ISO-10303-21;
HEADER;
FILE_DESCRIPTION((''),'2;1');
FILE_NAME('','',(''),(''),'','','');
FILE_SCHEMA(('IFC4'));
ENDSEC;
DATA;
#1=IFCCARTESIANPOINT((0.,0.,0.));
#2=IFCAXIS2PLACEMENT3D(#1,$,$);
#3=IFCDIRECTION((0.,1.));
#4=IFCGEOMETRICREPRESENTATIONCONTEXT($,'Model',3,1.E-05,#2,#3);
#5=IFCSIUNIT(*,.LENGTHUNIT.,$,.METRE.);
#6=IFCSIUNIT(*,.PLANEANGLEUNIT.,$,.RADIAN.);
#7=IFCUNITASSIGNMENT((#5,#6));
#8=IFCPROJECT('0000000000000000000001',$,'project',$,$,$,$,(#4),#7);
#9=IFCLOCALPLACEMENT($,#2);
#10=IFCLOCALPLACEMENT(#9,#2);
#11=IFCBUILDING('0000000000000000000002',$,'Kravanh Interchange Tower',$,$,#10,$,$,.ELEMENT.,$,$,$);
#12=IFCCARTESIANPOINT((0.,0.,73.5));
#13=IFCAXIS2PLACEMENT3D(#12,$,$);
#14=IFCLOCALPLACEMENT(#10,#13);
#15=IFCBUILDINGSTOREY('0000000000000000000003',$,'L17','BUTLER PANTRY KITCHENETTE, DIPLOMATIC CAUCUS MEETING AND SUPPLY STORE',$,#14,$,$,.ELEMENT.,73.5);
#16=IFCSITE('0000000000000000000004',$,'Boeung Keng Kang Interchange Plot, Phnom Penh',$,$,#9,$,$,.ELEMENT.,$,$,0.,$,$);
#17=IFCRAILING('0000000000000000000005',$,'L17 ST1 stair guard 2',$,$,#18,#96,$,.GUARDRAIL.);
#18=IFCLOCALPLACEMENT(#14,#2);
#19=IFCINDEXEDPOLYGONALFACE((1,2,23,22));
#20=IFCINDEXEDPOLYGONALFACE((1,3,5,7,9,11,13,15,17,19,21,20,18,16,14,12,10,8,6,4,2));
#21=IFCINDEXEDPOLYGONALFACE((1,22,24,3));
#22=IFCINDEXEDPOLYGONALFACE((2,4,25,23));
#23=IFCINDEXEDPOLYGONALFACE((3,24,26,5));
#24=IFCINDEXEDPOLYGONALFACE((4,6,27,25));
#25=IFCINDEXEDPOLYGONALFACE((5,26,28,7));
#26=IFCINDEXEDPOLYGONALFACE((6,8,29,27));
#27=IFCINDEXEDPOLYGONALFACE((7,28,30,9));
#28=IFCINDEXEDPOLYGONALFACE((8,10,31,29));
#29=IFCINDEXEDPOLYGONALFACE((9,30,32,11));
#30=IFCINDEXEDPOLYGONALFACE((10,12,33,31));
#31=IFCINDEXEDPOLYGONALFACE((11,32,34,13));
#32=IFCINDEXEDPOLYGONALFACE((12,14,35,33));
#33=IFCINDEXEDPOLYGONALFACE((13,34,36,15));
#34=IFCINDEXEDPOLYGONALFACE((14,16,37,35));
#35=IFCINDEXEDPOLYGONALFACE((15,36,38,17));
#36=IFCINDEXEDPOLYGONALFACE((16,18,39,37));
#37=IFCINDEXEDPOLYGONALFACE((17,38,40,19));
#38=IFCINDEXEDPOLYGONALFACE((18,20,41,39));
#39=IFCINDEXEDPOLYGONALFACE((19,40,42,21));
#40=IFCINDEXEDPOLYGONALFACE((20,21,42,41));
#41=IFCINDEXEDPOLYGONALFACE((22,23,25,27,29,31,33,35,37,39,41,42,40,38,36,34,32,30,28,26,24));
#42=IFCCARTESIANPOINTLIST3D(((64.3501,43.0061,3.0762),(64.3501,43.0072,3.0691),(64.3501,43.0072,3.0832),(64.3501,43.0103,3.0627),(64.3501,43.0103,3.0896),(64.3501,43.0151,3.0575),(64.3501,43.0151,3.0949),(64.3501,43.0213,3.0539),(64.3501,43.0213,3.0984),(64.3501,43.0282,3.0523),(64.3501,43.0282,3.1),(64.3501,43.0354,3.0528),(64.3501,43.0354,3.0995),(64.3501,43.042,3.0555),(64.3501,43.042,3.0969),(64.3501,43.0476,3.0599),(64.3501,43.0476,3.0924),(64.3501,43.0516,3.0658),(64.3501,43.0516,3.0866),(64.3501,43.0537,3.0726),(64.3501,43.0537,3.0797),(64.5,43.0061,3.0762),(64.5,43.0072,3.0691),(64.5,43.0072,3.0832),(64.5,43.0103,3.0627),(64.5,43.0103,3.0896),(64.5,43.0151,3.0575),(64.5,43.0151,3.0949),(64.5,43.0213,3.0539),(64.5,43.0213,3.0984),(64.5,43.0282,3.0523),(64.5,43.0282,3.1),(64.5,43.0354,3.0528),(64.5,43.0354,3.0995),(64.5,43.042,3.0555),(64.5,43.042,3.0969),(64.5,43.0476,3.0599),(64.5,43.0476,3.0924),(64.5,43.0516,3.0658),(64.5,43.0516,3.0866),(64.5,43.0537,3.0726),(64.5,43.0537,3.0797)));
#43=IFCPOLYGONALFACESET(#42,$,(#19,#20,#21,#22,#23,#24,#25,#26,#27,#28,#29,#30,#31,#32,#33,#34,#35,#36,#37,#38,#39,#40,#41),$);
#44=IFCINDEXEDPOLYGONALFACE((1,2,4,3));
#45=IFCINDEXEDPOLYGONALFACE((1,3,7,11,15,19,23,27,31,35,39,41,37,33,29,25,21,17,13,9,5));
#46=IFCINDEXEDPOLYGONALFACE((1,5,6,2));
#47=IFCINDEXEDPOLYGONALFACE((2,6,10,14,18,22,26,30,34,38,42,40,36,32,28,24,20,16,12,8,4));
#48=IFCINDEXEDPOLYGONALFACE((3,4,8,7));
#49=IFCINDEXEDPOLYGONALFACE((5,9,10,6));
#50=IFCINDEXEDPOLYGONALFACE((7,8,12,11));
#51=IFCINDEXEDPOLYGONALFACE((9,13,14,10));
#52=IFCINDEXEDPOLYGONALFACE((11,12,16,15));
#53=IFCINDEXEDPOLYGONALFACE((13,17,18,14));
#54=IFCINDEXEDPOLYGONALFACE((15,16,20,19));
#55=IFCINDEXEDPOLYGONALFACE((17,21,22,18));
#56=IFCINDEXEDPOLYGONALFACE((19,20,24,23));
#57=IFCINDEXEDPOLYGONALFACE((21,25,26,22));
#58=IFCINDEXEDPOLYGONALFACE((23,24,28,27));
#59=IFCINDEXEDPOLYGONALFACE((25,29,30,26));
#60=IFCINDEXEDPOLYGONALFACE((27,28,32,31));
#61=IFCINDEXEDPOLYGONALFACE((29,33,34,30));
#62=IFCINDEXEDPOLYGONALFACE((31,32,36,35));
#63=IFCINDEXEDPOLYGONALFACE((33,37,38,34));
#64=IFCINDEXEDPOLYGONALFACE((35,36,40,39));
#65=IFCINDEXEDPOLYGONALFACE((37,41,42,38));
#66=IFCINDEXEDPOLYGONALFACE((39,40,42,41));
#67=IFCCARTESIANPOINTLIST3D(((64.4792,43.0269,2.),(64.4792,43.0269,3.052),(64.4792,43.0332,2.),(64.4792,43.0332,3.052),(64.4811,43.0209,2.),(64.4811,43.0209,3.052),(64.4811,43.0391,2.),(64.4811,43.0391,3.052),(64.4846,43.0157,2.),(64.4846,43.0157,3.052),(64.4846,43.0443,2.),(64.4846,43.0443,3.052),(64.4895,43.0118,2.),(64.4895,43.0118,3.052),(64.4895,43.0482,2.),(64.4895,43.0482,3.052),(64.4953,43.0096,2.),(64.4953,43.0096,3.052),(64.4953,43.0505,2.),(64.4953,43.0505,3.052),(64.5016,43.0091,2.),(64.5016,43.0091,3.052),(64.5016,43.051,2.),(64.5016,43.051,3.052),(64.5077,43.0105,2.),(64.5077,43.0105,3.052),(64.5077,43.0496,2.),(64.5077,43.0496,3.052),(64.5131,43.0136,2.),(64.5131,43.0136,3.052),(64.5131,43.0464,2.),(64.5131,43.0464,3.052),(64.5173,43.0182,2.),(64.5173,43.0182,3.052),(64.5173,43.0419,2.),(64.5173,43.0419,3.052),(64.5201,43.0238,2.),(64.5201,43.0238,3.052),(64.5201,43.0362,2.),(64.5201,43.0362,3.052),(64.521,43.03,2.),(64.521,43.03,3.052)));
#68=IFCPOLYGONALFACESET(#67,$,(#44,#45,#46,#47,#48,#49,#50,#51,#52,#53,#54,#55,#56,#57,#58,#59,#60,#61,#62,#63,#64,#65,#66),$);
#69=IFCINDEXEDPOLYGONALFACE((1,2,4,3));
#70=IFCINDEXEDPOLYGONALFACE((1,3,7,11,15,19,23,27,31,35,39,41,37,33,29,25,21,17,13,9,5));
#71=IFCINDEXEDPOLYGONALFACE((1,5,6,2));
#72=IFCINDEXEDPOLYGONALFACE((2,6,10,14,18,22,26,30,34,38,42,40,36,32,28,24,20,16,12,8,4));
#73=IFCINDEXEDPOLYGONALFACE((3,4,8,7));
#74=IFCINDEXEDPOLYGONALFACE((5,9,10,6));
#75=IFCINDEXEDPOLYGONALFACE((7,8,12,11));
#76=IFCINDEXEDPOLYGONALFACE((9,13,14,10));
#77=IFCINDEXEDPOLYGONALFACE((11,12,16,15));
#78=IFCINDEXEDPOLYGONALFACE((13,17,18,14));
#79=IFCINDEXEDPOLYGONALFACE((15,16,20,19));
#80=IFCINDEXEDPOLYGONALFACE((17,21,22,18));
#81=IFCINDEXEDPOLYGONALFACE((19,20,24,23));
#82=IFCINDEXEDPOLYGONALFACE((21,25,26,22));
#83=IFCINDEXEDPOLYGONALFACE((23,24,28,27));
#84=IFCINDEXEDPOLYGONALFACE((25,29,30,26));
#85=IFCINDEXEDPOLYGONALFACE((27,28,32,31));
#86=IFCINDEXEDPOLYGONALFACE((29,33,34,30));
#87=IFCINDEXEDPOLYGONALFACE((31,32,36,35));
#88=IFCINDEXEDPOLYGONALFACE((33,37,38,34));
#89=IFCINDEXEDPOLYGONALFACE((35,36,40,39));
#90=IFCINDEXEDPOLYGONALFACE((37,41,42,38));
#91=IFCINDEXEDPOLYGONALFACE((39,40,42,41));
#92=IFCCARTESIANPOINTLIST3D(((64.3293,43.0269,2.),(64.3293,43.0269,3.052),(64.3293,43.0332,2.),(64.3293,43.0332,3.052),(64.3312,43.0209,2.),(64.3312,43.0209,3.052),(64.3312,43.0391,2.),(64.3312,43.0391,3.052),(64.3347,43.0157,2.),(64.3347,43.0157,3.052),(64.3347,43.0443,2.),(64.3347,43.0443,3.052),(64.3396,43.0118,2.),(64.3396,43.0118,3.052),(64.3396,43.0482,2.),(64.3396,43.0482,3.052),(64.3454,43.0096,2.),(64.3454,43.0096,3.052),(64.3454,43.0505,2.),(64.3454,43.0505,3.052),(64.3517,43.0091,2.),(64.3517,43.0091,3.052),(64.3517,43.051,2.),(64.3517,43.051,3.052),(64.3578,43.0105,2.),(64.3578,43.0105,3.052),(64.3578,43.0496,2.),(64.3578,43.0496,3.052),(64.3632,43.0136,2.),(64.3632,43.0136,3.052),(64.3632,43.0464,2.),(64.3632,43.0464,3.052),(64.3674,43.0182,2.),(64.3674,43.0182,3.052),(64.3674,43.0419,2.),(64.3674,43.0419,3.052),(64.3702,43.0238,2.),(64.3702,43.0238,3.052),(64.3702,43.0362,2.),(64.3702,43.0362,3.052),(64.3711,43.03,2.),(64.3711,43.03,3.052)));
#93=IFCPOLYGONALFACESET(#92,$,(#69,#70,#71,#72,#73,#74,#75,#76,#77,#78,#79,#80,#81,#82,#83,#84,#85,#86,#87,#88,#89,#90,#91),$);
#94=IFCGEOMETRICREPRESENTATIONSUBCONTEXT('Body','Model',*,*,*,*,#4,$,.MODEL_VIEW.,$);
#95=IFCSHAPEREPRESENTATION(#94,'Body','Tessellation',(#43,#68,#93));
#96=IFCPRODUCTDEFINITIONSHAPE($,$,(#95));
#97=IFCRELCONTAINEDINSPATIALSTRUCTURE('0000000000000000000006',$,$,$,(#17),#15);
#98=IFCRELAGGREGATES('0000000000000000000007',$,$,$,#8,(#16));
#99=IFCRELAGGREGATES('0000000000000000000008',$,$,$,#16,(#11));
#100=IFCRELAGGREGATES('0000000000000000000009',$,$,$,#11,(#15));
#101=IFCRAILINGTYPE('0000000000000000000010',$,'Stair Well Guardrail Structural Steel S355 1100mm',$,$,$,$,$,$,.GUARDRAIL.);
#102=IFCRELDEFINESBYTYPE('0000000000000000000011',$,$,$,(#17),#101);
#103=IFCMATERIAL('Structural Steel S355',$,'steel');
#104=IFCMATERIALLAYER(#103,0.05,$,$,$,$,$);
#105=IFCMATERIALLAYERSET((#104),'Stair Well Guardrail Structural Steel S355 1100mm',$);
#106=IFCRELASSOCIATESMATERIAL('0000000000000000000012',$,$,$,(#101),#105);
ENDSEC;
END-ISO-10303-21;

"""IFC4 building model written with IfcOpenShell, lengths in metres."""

from ifc_helpers import new_model, si_unit, direction, frame, origin, origin_2d, place, context, subcontext, project, spatial, circle, extrude, material, layer, layer_set, type_object, element, save


model = new_model("IFC4")

# Units and contexts
model_context = context("Model", 3, precision=1e-05, world=origin(), true_north=direction((0.0, 1.0)))
body_context = subcontext(model_context, "Body", "Model", "MODEL_VIEW")
ifc_project = project(units=[si_unit("LENGTHUNIT", "METRE"), si_unit("PLANEANGLEUNIT", "RADIAN")], contexts=[model_context])

# Site, building, storey
site_placement = place(None, origin())
site = spatial("IfcSite", under=ifc_project, at=site_placement, Name="Boeung Keng Kang Interchange Plot, Phnom Penh", CompositionType="ELEMENT", RefElevation=0.0)
building_placement = place(site_placement, origin())
building = spatial("IfcBuilding", under=site, at=building_placement, Name="Kravanh Interchange Tower", CompositionType="ELEMENT")
storey_placement = place(building_placement, frame((0.0, 0.0, 73.5)))
storey = spatial("IfcBuildingStorey", under=building, at=storey_placement, Name="L17", Description="BUTLER PANTRY KITCHENETTE, DIPLOMATIC CAUCUS MEETING AND SUPPLY STORE", CompositionType="ELEMENT", Elevation=73.5)

# Railing
ifc_material_1 = material(Name="Structural Steel S355", Category="steel")
ifc_layer_1 = layer(ifc_material_1, 0.05)
ifc_layer_set_1 = layer_set([ifc_layer_1], Name="Stair Well Guardrail Structural Steel S355 1100mm")
railing_type_1 = type_object("IfcRailingType", Name="Stair Well Guardrail Structural Steel S355 1100mm", PredefinedType="GUARDRAIL", material=ifc_layer_set_1)
railing_1_placement = place(storey_placement, frame((64.5, 43.03, 2.0)))
element("IfcRailing", 1, at=railing_1_placement, inside=storey, type_object=railing_type_1, Name="L17 ST1 stair guard 2", PredefinedType="GUARDRAIL", context=body_context, shape_type="SweptSolid", body=[
    extrude(circle(Radius=0.0239, at=origin_2d()), frame((0.0, 0.0, 1.0762), z_axis=(-1.0, 0.0, 0.0), x_axis=(0.0, -1.0, 0.0)), (0.0, 0.0, 1.0), 0.1499),
    extrude(circle(Radius=0.021, at=origin_2d()), origin(), (0.0, 0.0, 1.0), 1.052),
    extrude(circle(Radius=0.021, at=origin_2d()), frame((-0.1499, 0.0, 0.0)), (0.0, 0.0, 1.0), 1.052),
])

save(model, "model.ifc")
